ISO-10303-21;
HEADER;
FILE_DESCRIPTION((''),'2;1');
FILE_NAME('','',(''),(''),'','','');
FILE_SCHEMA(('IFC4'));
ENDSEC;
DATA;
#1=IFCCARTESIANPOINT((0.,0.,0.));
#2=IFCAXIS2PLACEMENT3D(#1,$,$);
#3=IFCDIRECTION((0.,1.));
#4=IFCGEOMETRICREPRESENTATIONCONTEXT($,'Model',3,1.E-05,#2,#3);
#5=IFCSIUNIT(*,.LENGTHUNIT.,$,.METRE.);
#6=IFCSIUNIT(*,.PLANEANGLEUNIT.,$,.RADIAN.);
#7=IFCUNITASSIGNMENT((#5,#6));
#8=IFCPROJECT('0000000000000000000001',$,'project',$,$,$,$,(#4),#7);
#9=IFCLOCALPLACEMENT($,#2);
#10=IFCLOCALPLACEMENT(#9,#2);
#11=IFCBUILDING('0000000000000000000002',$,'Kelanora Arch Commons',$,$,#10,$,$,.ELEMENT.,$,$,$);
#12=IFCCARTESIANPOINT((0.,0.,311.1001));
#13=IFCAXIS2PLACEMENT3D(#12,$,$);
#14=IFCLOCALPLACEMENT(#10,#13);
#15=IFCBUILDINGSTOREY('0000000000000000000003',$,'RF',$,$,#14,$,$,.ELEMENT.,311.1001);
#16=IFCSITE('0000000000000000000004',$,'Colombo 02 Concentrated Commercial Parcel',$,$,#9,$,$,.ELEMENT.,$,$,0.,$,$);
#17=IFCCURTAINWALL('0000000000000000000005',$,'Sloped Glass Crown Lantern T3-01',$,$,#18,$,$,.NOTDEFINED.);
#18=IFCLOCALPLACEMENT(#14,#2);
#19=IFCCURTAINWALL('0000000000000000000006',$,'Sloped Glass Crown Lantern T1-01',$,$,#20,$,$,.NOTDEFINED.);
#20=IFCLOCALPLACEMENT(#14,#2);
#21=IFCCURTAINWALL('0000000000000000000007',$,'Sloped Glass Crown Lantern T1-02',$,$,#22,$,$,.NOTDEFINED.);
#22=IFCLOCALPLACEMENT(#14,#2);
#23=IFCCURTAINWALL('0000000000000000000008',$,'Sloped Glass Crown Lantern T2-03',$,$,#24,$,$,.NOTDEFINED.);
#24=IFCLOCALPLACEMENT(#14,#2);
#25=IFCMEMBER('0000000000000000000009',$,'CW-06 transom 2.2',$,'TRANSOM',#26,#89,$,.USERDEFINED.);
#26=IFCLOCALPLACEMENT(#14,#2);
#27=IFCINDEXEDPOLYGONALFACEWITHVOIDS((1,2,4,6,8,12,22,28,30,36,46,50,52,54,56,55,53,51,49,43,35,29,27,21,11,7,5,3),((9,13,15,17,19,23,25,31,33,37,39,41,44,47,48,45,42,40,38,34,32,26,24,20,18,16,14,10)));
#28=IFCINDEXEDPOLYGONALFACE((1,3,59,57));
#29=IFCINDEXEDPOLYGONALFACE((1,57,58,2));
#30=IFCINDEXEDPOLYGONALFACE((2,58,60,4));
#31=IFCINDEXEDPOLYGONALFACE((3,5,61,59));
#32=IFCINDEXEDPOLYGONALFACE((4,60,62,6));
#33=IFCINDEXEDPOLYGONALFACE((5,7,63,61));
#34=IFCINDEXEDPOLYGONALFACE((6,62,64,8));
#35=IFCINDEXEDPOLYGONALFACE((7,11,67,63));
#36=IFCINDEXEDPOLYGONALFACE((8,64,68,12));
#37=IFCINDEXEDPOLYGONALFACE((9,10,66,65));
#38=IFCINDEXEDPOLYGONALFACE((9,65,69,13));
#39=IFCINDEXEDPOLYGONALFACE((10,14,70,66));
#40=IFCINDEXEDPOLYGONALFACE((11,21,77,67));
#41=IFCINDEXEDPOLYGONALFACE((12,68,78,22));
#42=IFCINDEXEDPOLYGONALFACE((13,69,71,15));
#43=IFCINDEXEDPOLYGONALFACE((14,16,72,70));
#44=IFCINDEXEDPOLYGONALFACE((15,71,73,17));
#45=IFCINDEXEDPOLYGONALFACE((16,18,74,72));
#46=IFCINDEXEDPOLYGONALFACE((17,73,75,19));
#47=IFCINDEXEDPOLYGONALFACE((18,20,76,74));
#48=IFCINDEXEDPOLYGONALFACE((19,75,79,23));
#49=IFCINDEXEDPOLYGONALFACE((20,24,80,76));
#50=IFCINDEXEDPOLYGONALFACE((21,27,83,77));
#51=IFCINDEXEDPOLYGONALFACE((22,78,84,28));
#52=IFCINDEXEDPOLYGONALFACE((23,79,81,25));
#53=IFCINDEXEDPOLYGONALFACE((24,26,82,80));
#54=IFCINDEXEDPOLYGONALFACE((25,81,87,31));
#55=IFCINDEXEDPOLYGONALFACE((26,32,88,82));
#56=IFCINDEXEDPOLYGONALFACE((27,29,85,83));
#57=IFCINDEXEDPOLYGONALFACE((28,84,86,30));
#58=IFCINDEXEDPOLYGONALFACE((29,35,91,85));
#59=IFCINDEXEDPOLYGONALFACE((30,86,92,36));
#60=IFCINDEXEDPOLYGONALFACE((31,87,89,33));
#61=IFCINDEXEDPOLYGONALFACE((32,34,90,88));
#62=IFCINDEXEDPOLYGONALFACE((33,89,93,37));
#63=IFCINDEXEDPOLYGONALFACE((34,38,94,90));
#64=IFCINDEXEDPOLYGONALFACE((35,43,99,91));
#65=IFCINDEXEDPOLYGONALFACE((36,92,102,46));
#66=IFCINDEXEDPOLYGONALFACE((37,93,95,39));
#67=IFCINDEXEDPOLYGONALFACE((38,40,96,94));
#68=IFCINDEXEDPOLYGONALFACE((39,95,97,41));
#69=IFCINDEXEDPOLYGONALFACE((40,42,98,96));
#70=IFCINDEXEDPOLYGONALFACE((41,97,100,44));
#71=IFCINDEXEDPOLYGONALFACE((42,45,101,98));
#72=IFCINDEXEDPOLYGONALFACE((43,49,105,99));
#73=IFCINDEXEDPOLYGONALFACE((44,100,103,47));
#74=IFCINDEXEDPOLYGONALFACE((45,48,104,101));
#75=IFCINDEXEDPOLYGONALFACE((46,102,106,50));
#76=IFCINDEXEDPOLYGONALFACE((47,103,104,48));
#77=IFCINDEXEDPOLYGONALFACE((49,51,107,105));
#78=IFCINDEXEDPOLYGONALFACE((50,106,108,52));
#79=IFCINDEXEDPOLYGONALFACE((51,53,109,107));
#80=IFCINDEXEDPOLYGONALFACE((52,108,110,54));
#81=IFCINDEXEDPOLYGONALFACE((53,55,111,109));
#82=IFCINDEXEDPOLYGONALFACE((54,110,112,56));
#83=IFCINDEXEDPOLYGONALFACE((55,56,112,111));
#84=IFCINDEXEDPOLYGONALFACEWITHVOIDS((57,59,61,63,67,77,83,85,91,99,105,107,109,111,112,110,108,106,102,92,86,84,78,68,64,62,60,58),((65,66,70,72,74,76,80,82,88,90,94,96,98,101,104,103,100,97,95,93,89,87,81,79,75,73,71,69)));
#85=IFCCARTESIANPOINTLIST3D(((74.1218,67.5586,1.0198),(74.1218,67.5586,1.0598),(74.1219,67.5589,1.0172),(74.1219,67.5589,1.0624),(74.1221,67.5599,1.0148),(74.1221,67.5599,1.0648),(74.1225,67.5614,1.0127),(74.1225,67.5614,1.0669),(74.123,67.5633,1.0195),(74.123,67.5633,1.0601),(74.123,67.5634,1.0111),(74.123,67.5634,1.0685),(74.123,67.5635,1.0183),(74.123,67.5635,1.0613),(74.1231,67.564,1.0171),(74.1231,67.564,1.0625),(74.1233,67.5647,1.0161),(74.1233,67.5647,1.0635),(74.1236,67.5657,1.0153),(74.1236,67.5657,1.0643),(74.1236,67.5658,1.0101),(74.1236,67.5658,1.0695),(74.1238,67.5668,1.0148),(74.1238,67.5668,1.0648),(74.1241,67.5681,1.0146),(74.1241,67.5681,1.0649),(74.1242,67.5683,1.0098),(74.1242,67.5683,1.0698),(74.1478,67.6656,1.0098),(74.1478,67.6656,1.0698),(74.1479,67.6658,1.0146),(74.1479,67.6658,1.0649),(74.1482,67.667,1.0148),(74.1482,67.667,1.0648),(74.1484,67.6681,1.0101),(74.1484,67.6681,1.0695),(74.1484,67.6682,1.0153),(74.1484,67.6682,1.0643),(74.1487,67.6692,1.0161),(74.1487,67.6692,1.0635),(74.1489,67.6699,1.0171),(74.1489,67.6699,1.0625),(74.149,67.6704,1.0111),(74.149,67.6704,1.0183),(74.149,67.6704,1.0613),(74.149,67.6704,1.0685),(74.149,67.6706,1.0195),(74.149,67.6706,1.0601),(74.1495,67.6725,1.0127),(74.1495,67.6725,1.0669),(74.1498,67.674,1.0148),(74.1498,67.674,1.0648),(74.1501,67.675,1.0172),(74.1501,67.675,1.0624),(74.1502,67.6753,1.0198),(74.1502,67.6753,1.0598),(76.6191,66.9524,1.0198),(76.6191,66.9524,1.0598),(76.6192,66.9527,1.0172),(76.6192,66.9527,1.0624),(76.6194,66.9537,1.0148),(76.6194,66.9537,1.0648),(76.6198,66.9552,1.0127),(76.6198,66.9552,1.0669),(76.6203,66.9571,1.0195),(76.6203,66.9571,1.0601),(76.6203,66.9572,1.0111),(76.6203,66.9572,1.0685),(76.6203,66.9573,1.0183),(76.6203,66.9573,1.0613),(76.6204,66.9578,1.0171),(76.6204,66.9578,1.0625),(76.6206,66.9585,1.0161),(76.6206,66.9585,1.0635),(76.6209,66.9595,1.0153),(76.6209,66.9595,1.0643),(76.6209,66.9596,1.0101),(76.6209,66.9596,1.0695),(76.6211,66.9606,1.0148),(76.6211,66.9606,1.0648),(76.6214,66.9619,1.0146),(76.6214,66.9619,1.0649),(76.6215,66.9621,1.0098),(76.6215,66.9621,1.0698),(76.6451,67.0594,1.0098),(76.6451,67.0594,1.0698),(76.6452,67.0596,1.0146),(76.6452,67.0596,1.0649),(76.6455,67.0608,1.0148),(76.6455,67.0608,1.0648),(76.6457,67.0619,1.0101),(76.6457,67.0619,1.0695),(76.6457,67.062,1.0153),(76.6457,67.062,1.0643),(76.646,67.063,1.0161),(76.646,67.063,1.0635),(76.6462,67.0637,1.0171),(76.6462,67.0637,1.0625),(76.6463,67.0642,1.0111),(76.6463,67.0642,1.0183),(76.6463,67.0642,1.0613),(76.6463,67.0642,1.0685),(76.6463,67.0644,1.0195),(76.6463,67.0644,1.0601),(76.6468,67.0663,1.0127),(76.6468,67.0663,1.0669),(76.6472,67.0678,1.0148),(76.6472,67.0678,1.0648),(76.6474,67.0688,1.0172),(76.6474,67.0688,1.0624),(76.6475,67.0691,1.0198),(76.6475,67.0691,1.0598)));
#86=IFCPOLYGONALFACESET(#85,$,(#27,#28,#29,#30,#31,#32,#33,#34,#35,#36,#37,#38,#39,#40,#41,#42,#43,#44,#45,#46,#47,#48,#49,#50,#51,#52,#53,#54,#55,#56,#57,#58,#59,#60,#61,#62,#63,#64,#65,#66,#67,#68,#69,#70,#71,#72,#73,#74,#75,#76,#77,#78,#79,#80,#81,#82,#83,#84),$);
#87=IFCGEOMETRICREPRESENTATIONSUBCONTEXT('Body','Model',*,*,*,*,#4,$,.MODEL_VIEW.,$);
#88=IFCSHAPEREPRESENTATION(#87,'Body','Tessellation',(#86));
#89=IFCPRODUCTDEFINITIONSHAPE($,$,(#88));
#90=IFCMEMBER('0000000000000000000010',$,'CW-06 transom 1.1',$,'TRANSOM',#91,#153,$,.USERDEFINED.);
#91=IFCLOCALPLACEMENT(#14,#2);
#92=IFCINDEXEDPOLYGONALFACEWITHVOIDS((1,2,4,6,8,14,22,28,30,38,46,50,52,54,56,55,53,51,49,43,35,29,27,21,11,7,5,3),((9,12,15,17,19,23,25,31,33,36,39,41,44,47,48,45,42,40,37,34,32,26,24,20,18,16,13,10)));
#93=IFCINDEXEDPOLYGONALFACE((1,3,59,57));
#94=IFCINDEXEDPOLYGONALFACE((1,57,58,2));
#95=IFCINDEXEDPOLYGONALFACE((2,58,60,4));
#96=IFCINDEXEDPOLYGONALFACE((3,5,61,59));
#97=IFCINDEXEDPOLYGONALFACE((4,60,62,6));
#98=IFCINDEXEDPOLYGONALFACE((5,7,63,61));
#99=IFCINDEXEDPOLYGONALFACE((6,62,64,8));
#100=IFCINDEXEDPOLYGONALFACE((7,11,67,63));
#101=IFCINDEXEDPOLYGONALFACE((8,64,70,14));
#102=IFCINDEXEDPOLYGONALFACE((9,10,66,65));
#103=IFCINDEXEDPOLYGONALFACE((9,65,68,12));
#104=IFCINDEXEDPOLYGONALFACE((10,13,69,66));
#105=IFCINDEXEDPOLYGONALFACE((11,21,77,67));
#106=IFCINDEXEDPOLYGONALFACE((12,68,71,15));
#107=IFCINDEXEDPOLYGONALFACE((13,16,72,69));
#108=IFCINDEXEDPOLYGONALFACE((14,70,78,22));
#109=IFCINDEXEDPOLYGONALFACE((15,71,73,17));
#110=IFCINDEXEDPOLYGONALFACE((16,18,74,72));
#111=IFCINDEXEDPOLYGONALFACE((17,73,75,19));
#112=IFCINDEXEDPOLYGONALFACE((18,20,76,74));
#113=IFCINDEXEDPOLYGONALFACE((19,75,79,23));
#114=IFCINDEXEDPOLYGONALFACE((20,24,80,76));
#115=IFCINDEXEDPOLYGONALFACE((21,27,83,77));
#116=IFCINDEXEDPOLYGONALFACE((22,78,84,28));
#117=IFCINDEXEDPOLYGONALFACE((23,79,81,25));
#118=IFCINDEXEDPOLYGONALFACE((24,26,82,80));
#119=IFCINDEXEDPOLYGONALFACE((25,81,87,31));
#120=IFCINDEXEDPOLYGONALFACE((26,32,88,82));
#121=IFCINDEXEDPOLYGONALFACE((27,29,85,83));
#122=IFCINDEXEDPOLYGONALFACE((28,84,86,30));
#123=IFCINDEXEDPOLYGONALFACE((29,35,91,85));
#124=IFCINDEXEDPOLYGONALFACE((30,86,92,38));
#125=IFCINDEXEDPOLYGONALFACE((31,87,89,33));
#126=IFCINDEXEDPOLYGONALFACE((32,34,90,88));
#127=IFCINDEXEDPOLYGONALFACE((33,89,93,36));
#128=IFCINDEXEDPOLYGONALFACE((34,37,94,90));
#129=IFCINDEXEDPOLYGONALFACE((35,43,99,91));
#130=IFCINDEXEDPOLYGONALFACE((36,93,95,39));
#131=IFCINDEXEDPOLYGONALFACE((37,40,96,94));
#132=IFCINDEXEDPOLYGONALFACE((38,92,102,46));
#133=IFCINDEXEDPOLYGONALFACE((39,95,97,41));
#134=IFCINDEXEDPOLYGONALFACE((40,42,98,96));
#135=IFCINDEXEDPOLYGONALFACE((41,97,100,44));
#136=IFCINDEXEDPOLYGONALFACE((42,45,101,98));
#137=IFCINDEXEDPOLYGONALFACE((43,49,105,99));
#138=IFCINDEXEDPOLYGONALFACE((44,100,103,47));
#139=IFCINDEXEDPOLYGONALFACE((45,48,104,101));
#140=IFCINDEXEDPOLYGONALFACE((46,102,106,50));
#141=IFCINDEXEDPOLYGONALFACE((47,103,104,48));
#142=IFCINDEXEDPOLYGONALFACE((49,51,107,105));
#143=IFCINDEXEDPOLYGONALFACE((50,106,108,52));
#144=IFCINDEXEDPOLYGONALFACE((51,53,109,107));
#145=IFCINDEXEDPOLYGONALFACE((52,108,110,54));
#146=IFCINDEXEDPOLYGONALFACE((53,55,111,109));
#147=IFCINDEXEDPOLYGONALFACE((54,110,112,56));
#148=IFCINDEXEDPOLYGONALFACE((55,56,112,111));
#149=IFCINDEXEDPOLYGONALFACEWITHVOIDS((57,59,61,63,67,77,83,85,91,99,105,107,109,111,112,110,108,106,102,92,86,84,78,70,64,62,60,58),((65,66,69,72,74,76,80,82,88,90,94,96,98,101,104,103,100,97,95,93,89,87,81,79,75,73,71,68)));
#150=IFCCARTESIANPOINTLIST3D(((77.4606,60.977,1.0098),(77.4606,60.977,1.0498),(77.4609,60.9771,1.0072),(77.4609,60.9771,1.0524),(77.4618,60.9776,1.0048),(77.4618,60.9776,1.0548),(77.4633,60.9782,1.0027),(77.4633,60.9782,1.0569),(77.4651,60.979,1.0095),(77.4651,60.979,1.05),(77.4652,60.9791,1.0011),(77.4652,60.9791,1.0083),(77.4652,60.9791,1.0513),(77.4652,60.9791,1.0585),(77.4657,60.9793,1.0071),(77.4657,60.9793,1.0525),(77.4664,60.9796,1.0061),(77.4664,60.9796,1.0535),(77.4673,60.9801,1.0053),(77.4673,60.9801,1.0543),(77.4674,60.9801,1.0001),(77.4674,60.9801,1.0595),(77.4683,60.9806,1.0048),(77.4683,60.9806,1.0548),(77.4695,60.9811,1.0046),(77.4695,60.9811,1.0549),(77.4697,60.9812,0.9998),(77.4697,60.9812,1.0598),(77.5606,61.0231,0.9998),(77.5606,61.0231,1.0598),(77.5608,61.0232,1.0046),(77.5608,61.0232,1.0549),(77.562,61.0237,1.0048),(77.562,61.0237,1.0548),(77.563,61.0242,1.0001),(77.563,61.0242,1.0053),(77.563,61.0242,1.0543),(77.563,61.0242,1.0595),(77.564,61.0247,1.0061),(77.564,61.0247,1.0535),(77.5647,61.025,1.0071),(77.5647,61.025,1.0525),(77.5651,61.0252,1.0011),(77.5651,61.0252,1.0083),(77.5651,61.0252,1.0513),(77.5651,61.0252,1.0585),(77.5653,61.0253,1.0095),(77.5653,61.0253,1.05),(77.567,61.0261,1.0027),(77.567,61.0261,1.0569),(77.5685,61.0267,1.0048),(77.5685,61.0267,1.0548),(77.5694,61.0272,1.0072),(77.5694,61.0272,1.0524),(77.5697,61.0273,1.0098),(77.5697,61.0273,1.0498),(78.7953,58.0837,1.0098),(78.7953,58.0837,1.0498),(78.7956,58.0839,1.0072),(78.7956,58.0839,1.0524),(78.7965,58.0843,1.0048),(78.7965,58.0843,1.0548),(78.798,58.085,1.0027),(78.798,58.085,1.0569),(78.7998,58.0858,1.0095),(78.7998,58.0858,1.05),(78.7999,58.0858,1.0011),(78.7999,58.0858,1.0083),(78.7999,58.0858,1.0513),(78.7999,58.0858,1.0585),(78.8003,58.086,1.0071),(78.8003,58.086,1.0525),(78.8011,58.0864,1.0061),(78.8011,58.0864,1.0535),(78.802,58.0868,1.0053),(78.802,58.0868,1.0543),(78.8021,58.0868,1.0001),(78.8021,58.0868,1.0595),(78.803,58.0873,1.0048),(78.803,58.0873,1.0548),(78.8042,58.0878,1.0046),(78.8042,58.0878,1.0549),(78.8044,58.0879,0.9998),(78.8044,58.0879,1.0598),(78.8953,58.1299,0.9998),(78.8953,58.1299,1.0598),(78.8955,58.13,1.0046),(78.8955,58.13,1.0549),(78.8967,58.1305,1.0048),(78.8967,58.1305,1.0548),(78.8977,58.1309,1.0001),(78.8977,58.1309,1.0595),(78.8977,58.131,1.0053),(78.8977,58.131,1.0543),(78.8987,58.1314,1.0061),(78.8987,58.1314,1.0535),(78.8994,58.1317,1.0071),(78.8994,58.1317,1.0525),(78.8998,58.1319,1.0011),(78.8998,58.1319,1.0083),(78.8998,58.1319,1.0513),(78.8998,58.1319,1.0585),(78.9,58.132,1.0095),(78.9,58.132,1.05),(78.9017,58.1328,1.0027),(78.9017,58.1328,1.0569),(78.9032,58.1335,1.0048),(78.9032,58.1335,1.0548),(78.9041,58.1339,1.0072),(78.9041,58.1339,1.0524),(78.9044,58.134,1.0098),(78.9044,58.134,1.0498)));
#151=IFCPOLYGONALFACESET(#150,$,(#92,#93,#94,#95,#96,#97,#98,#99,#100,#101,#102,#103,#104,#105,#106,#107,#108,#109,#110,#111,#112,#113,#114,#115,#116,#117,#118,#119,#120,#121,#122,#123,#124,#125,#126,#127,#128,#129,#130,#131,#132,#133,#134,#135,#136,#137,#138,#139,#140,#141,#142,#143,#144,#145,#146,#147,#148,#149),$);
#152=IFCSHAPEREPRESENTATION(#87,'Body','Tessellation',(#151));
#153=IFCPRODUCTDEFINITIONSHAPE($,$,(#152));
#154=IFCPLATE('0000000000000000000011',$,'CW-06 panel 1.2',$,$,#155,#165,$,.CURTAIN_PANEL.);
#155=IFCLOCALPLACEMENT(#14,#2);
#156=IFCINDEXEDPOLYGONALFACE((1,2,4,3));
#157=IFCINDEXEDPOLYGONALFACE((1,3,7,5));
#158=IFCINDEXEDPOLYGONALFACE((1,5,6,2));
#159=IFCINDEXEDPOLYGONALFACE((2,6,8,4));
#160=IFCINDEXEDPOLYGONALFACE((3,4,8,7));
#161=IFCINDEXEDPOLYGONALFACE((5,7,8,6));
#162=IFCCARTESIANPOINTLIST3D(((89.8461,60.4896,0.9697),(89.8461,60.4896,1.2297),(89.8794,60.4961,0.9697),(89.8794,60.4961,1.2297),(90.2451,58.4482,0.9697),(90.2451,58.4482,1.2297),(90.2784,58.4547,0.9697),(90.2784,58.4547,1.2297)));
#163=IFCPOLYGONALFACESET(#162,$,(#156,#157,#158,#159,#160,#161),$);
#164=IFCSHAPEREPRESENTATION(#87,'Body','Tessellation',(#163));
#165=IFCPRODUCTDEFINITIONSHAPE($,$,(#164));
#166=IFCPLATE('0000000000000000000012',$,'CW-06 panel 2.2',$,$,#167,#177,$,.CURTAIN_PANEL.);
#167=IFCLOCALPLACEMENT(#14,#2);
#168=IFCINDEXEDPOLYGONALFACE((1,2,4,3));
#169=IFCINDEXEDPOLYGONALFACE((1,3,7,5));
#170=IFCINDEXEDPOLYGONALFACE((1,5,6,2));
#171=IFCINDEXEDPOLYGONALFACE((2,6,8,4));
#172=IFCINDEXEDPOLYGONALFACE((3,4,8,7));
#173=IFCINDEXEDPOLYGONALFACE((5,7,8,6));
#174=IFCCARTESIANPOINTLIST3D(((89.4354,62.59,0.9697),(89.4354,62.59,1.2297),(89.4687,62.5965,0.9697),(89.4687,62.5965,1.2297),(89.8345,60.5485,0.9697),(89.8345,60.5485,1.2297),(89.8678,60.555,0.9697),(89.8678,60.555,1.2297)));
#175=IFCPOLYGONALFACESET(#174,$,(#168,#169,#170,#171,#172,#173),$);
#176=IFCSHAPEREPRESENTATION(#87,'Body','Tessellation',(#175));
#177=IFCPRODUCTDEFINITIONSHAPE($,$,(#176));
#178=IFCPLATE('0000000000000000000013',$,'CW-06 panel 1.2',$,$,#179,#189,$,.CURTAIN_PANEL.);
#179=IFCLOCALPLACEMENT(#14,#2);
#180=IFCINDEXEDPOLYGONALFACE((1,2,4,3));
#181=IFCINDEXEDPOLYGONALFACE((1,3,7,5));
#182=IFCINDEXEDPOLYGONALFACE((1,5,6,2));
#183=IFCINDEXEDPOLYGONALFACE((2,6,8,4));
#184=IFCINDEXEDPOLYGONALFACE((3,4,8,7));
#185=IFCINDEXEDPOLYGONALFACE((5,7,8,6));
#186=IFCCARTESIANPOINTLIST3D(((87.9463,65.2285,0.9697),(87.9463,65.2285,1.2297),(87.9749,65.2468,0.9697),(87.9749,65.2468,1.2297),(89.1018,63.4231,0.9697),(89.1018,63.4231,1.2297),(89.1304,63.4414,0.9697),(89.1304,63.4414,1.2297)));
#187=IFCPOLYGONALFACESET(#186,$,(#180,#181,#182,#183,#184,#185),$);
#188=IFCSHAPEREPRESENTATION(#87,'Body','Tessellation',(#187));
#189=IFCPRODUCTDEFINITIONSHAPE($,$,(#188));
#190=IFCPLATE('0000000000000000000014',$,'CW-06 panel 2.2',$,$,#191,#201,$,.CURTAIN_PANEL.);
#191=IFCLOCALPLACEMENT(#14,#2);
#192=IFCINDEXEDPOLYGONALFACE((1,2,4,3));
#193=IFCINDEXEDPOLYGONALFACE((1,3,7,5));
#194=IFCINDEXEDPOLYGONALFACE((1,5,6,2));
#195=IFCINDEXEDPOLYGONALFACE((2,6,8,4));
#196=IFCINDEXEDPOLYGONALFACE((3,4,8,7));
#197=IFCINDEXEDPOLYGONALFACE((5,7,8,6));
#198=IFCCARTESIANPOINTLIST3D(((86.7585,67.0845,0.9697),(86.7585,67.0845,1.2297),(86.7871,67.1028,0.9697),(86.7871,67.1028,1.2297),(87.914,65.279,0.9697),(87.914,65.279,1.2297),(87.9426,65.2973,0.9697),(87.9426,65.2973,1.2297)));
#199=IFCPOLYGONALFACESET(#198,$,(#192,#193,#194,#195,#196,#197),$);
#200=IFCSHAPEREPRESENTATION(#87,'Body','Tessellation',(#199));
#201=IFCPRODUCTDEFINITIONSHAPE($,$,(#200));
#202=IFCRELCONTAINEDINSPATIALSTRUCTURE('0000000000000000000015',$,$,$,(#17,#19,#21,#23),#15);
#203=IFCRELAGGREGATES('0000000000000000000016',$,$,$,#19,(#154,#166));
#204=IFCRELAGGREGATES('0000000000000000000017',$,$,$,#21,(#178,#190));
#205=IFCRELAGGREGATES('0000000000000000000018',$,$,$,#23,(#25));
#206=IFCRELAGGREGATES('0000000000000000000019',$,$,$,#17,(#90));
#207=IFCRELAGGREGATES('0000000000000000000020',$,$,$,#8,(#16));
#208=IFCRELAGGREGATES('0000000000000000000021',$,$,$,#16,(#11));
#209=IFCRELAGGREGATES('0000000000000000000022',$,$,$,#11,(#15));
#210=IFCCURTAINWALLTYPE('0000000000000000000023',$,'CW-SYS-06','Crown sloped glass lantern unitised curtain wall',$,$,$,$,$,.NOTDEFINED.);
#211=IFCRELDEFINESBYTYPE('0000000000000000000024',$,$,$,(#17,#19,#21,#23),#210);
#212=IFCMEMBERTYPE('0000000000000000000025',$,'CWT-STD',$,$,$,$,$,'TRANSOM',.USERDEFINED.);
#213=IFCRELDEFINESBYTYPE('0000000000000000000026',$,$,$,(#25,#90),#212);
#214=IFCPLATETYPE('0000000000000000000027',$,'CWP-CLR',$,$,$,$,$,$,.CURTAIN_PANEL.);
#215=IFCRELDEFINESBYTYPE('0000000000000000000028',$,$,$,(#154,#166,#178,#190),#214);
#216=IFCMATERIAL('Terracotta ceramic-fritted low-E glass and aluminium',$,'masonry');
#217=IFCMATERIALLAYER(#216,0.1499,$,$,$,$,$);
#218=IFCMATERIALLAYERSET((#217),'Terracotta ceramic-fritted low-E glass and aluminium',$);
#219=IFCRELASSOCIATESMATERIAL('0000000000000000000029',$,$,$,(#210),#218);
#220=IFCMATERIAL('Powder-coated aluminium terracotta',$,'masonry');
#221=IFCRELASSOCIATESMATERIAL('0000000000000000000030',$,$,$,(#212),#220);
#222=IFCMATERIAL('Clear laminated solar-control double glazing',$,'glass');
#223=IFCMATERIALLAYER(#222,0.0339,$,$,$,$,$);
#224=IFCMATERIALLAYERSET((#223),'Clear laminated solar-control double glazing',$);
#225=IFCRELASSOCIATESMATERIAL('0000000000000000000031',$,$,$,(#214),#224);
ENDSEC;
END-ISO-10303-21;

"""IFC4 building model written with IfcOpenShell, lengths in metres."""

from ifc_helpers import new_model, si_unit, direction, frame, origin, origin_2d, place, context, subcontext, project, spatial, rectangle, hollow_rectangle, extrude, source, transform, mapped, material, layer, layer_set, material_profile, profile_set, type_object, element, aggregate, save


model = new_model("IFC4")

# Units and contexts
model_context = context("Model", 3, precision=1e-05, world=origin(), true_north=direction((0.0, 1.0)))
body_context = subcontext(model_context, "Body", "Model", "MODEL_VIEW")
ifc_project = project(units=[si_unit("LENGTHUNIT", "METRE"), si_unit("PLANEANGLEUNIT", "RADIAN")], contexts=[model_context])

# Site, building, storey
site_placement = place(None, origin())
site = spatial("IfcSite", under=ifc_project, at=site_placement, Name="Colombo 02 Concentrated Commercial Parcel", CompositionType="ELEMENT", RefElevation=0.0)
building_placement = place(site_placement, origin())
building = spatial("IfcBuilding", under=site, at=building_placement, Name="Kelanora Arch Commons", CompositionType="ELEMENT")
storey_placement = place(building_placement, frame((0.0, 0.0, 311.1001)))
storey = spatial("IfcBuildingStorey", under=building, at=storey_placement, Name="RF", CompositionType="ELEMENT", Elevation=311.1001)

# Curtain walls
ifc_material_1 = material(Name="Terracotta ceramic-fritted low-E glass and aluminium", Category="masonry")
ifc_layer_1 = layer(ifc_material_1, 0.1499)
ifc_layer_set_1 = layer_set([ifc_layer_1], Name="Terracotta ceramic-fritted low-E glass and aluminium")
curtain_wall_type = type_object("IfcCurtainWallType", Name="CW-SYS-06", Description="Crown sloped glass lantern unitised curtain wall", PredefinedType="NOTDEFINED", material=ifc_layer_set_1)
curtain_wall_1_placement = place(storey_placement, origin())
curtain_wall_1 = element("IfcCurtainWall", 1, at=curtain_wall_1_placement, inside=storey, type_object=curtain_wall_type, Name="Sloped Glass Crown Lantern T3-01", PredefinedType="NOTDEFINED")
ifc_material_2 = material(Name="Powder-coated aluminium terracotta", Category="masonry")
curtain_wall_2_placement = place(storey_placement, origin())
curtain_wall_2 = element("IfcCurtainWall", 2, at=curtain_wall_2_placement, inside=storey, type_object=curtain_wall_type, Name="Sloped Glass Crown Lantern T1-01", PredefinedType="NOTDEFINED")
ifc_material_profile_1 = material_profile(ifc_material_2, hollow_rectangle(XDim=0.1201, YDim=0.0601, WallThickness=0.0049, InnerFilletRadius=0.0049, OuterFilletRadius=0.01, at=origin_2d()), Name="CWT120x60")
ifc_profile_set_1 = profile_set([ifc_material_profile_1], Name="Powder-coated aluminium terracotta")
member_type_1 = type_object("IfcMemberType", Name="CWT-STD", ElementType="TRANSOM", PredefinedType="USERDEFINED", material=ifc_profile_set_1)
curtain_wall_3_placement = place(storey_placement, origin())
curtain_wall_3 = element("IfcCurtainWall", 3, at=curtain_wall_3_placement, inside=storey, type_object=curtain_wall_type, Name="Sloped Glass Crown Lantern T1-02", PredefinedType="NOTDEFINED")

# Curtain wall, member
curtain_wall_4_placement = place(storey_placement, origin())
curtain_wall_4 = element("IfcCurtainWall", 4, at=curtain_wall_4_placement, inside=storey, type_object=curtain_wall_type, Name="Sloped Glass Crown Lantern T2-03", PredefinedType="NOTDEFINED")
member_1_placement = place(storey_placement, frame((76.6333, 67.0107, 1.0398), z_axis=(-0.97178, 0.235891, 0.0), x_axis=(-0.235891, -0.97178, 0.0)))
member_1 = element("IfcMember", 5, at=member_1_placement, type_object=member_type_1, Name="CW-06 transom 2.2", ObjectType="TRANSOM", PredefinedType="USERDEFINED", context=body_context, shape_type="SweptSolid", body=[
    extrude(hollow_rectangle(XDim=0.1201, YDim=0.0601, WallThickness=0.0049, InnerFilletRadius=0.0049, OuterFilletRadius=0.01, at=origin_2d()), origin(), (0.0, 0.0, 1.0), 2.5698),
])

# Member
member_2_placement = place(storey_placement, frame((78.8499, 58.1089, 1.0298), z_axis=(-0.418888, 0.908038, 0.0), x_axis=(-0.908038, -0.418888, 0.0)))
member_2 = element("IfcMember", 6, at=member_2_placement, type_object=member_type_1, Name="CW-06 transom 1.1", ObjectType="TRANSOM", PredefinedType="USERDEFINED", context=body_context, shape_type="SweptSolid", body=[
    extrude(hollow_rectangle(XDim=0.1201, YDim=0.0601, WallThickness=0.0049, InnerFilletRadius=0.0049, OuterFilletRadius=0.01, at=origin_2d()), origin(), (0.0, 0.0, 1.0), 3.1863),
])

# Plates
ifc_material_3 = material(Name="Clear laminated solar-control double glazing", Category="glass")
ifc_layer_2 = layer(ifc_material_3, 0.0339)
ifc_layer_set_2 = layer_set([ifc_layer_2], Name="Clear laminated solar-control double glazing")
plate_type = type_object("IfcPlateType", Name="CWP-CLR", PredefinedType="CURTAIN_PANEL", material=ifc_layer_set_2)
shared_shape_1 = source(origin(), body_context, "Body", "SweptSolid", [
    extrude(rectangle(XDim=2.0801, YDim=0.0339, at=origin_2d()), origin(), (0.0, 0.0, 1.0), 0.26),
])
plate_1_placement = place(storey_placement, frame((90.0623, 59.4722, 0.9697), z_axis=(0.0, 0.0, 1.0), x_axis=(-0.191834, 0.981427, 0.0)))
plate_1 = element("IfcPlate", 7, at=plate_1_placement, type_object=plate_type, Name="CW-06 panel 1.2", PredefinedType="CURTAIN_PANEL", context=body_context, shape_type="MappedRepresentation", body=[
    mapped(shared_shape_1, transform((0.0, 0.0, 0.0), scale=1.0)),
])
plate_2_placement = place(storey_placement, frame((89.6516, 61.5725, 0.9697), z_axis=(0.0, 0.0, 1.0), x_axis=(-0.191834, 0.981427, 0.0)))
plate_2 = element("IfcPlate", 8, at=plate_2_placement, type_object=plate_type, Name="CW-06 panel 2.2", PredefinedType="CURTAIN_PANEL", context=body_context, shape_type="MappedRepresentation", body=[
    mapped(shared_shape_1, transform((0.0, 0.0, 0.0), scale=1.0)),
])
aggregate(curtain_wall_2, [plate_1, plate_2])
shared_shape_2 = source(origin(), body_context, "Body", "SweptSolid", [
    extrude(rectangle(XDim=2.1436, YDim=0.0339, at=origin_2d()), origin(), (0.0, 0.0, 1.0), 0.26),
])
plate_3_placement = place(storey_placement, frame((88.5383, 64.335, 0.9697), z_axis=(0.0, 0.0, 1.0), x_axis=(-0.539054, 0.842271, 0.0)))
plate_3 = element("IfcPlate", 9, at=plate_3_placement, type_object=plate_type, Name="CW-06 panel 1.2", PredefinedType="CURTAIN_PANEL", context=body_context, shape_type="MappedRepresentation", body=[
    mapped(shared_shape_2, transform((0.0, 0.0, 0.0), scale=1.0)),
])
plate_4_placement = place(storey_placement, frame((87.3506, 66.1909, 0.9697), z_axis=(0.0, 0.0, 1.0), x_axis=(-0.539054, 0.842271, 0.0)))
plate_4 = element("IfcPlate", 10, at=plate_4_placement, type_object=plate_type, Name="CW-06 panel 2.2", PredefinedType="CURTAIN_PANEL", context=body_context, shape_type="MappedRepresentation", body=[
    mapped(shared_shape_2, transform((0.0, 0.0, 0.0), scale=1.0)),
])
aggregate(curtain_wall_3, [plate_3, plate_4])
aggregate(curtain_wall_4, [member_1])
aggregate(curtain_wall_1, [member_2])

save(model, "model.ifc")
